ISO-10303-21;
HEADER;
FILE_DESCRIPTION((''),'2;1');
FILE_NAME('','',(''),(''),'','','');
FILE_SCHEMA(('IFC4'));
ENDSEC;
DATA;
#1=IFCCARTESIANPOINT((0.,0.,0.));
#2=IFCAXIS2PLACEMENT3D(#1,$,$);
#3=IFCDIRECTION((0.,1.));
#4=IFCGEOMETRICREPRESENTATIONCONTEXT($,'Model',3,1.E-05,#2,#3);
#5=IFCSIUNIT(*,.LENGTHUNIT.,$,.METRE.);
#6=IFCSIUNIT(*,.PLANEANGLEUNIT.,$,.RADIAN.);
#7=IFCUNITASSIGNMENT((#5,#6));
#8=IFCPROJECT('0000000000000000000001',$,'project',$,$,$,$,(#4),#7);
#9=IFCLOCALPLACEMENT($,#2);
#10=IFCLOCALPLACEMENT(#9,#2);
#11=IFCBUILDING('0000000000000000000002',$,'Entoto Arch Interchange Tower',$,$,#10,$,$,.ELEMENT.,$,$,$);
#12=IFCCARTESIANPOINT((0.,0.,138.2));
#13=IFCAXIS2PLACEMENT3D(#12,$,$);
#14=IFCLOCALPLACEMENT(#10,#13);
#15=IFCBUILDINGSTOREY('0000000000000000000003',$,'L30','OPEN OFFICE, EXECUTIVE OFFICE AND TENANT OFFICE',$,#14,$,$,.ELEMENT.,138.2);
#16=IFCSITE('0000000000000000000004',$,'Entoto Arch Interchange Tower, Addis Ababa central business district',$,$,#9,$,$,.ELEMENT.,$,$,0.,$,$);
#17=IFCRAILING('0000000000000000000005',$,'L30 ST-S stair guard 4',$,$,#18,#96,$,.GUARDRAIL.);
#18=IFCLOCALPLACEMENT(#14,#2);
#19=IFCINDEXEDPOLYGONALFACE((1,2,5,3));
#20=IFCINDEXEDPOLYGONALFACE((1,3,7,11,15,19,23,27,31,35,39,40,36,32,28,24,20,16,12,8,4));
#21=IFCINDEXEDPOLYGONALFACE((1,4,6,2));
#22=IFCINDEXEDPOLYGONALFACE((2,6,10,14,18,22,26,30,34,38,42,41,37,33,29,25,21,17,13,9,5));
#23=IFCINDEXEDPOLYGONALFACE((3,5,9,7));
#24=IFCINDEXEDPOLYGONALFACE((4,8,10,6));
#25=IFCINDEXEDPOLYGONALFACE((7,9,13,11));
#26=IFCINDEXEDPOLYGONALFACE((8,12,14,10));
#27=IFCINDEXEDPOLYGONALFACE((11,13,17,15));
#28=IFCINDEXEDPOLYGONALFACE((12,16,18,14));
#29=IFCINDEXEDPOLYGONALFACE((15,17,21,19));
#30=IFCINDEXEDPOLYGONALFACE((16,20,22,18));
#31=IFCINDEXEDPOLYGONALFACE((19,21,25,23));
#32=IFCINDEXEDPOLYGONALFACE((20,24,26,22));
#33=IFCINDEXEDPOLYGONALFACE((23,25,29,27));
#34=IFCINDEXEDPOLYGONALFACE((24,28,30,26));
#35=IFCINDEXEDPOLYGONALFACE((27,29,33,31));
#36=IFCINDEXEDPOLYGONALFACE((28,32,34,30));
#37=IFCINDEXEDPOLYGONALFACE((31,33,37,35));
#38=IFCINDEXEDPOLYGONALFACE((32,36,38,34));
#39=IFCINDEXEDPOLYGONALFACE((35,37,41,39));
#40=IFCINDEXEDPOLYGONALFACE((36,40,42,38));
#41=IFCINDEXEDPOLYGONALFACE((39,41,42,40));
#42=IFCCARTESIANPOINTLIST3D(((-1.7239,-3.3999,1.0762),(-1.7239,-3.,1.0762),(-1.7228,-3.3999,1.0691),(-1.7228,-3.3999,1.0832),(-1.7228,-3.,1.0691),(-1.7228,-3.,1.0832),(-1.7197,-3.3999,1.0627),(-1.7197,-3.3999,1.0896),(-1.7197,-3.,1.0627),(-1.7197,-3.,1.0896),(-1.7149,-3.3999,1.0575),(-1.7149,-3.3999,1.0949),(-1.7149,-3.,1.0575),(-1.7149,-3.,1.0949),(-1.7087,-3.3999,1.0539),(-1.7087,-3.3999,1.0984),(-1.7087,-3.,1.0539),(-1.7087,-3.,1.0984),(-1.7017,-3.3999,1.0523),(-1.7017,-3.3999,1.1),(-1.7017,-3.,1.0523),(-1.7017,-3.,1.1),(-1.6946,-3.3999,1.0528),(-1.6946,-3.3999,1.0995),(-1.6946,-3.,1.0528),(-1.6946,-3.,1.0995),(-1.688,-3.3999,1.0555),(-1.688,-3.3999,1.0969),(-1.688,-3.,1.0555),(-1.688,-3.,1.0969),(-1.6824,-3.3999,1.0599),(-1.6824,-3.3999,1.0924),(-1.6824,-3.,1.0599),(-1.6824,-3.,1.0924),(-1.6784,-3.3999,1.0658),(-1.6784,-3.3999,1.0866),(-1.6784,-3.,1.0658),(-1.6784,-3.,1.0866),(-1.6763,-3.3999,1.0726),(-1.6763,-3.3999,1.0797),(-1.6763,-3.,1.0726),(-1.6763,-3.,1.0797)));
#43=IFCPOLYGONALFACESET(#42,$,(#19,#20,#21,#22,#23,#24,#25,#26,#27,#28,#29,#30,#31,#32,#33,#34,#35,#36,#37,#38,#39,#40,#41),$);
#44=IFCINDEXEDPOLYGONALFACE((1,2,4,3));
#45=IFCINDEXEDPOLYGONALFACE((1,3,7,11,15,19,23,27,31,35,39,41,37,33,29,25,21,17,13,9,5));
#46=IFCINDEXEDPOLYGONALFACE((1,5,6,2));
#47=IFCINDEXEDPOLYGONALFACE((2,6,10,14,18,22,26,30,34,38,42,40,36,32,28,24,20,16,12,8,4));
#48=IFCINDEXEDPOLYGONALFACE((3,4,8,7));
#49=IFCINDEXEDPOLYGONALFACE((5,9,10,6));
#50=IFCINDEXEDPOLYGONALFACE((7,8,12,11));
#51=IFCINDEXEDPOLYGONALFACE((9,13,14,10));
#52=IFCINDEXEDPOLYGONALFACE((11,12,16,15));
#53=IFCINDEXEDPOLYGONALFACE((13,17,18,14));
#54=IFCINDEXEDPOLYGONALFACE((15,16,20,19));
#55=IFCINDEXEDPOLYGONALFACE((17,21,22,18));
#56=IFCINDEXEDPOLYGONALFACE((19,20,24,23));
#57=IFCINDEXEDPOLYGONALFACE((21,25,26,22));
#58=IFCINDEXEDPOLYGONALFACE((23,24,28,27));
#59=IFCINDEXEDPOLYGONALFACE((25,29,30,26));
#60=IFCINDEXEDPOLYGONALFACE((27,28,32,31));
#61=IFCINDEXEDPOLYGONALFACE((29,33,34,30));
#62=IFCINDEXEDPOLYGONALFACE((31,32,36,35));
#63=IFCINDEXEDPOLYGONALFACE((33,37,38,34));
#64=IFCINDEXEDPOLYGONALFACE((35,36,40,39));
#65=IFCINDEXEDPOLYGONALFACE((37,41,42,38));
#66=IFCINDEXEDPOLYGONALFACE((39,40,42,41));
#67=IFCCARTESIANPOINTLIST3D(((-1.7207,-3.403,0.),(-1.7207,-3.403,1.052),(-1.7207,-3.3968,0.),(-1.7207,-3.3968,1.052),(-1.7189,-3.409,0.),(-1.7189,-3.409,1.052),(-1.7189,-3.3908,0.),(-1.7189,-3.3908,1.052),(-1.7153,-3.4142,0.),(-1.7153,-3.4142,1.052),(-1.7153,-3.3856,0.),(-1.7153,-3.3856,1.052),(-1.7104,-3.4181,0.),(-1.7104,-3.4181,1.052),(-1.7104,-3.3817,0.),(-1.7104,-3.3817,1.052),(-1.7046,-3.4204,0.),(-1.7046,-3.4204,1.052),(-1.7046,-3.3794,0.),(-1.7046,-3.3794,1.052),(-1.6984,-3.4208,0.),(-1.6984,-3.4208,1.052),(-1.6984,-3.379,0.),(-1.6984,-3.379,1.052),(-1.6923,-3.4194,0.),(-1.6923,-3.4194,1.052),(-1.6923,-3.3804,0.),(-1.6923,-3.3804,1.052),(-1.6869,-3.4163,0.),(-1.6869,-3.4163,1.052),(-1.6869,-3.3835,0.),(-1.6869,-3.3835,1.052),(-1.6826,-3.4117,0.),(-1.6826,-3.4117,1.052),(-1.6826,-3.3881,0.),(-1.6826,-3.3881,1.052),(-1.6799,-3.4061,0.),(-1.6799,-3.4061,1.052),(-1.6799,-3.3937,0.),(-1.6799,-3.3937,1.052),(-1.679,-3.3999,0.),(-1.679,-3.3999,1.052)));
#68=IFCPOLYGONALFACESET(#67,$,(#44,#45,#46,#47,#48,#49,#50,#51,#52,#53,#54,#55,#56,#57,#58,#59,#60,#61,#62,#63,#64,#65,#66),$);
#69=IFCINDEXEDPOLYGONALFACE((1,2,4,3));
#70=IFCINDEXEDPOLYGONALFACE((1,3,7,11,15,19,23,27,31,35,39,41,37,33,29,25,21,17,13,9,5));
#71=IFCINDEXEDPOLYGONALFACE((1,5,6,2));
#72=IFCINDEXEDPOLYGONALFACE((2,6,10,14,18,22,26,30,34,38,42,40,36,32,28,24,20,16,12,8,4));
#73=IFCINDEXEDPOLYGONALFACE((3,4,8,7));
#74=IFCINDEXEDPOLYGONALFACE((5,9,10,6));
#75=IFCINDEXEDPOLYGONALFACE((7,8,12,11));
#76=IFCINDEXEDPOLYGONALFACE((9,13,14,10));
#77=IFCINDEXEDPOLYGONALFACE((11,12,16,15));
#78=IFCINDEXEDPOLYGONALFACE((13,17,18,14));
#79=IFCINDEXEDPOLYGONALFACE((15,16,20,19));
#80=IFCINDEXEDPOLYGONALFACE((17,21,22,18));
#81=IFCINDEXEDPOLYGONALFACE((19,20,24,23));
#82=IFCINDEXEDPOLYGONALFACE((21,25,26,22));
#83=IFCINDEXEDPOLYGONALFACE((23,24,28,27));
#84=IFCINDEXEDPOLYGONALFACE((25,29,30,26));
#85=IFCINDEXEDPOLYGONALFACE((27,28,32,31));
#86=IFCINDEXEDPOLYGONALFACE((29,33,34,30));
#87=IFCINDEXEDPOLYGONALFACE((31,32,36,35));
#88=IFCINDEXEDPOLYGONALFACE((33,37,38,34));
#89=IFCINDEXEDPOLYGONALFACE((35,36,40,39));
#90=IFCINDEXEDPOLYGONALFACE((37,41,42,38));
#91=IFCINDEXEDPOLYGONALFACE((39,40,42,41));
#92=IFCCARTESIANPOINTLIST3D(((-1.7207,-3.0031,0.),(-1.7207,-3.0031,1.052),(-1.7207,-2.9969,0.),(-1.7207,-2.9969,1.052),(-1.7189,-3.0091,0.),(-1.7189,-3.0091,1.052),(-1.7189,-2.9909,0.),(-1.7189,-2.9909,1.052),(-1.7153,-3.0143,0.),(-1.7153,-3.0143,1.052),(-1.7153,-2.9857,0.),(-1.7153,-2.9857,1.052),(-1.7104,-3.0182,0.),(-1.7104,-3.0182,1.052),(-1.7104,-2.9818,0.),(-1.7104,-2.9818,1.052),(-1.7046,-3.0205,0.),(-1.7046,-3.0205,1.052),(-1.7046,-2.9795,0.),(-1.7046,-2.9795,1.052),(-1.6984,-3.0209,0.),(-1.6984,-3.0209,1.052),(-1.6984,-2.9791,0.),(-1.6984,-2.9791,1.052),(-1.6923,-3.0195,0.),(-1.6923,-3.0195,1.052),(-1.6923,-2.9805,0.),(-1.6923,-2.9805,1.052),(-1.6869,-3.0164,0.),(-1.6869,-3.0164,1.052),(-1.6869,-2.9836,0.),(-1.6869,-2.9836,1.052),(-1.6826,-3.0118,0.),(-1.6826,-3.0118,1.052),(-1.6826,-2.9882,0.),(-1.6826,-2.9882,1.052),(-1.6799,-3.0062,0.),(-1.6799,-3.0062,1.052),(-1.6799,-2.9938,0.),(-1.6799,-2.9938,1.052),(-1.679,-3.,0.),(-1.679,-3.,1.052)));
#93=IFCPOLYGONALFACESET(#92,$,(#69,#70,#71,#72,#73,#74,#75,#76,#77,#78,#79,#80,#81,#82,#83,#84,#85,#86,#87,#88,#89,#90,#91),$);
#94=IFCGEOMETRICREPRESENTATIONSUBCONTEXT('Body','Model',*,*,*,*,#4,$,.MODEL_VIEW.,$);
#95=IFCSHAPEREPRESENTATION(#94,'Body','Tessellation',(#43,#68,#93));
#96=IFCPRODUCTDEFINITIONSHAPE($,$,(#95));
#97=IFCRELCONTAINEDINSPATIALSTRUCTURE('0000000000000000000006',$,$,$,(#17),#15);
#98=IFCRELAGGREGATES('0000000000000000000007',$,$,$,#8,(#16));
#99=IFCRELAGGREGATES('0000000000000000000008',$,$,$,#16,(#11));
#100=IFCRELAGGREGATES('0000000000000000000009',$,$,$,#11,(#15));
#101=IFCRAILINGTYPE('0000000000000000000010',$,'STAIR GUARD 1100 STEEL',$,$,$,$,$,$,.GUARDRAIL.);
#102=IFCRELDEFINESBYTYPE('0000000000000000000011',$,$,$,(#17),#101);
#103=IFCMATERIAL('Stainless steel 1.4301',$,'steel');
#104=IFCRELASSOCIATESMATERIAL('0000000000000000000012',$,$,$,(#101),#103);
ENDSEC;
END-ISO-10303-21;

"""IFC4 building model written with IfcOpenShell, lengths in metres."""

from ifc_helpers import new_model, si_unit, direction, frame, origin, origin_2d, place, context, subcontext, project, spatial, circle, extrude, material, type_object, element, save


model = new_model("IFC4")

# Units and contexts
model_context = context("Model", 3, precision=1e-05, world=origin(), true_north=direction((0.0, 1.0)))
body_context = subcontext(model_context, "Body", "Model", "MODEL_VIEW")
ifc_project = project(units=[si_unit("LENGTHUNIT", "METRE"), si_unit("PLANEANGLEUNIT", "RADIAN")], contexts=[model_context])

# Site, building, storey
site_placement = place(None, origin())
site = spatial("IfcSite", under=ifc_project, at=site_placement, Name="Entoto Arch Interchange Tower, Addis Ababa central business district", CompositionType="ELEMENT", RefElevation=0.0)
building_placement = place(site_placement, origin())
building = spatial("IfcBuilding", under=site, at=building_placement, Name="Entoto Arch Interchange Tower", CompositionType="ELEMENT")
storey_placement = place(building_placement, frame((0.0, 0.0, 138.2)))
storey = spatial("IfcBuildingStorey", under=building, at=storey_placement, Name="L30", Description="OPEN OFFICE, EXECUTIVE OFFICE AND TENANT OFFICE", CompositionType="ELEMENT", Elevation=138.2)

# Railing
ifc_material_1 = material(Name="Stainless steel 1.4301", Category="steel")
railing_type_1 = type_object("IfcRailingType", Name="STAIR GUARD 1100 STEEL", PredefinedType="GUARDRAIL", material=ifc_material_1)
railing_1_placement = place(storey_placement, frame((-1.7, -3.3999, 0.0)))
element("IfcRailing", 1, at=railing_1_placement, inside=storey, type_object=railing_type_1, Name="L30 ST-S stair guard 4", PredefinedType="GUARDRAIL", context=body_context, shape_type="SweptSolid", body=[
    extrude(circle(Radius=0.0239, at=origin_2d()), frame((0.0, 0.0, 1.0762), z_axis=(0.0, 1.0, 0.0), x_axis=(-1.0, 0.0, 0.0)), (0.0, 0.0, 1.0), 0.3999),
    extrude(circle(Radius=0.021, at=origin_2d()), origin(), (0.0, 0.0, 1.0), 1.052),
    extrude(circle(Radius=0.021, at=origin_2d()), frame((0.0, 0.3999, 0.0)), (0.0, 0.0, 1.0), 1.052),
])

save(model, "model.ifc")
